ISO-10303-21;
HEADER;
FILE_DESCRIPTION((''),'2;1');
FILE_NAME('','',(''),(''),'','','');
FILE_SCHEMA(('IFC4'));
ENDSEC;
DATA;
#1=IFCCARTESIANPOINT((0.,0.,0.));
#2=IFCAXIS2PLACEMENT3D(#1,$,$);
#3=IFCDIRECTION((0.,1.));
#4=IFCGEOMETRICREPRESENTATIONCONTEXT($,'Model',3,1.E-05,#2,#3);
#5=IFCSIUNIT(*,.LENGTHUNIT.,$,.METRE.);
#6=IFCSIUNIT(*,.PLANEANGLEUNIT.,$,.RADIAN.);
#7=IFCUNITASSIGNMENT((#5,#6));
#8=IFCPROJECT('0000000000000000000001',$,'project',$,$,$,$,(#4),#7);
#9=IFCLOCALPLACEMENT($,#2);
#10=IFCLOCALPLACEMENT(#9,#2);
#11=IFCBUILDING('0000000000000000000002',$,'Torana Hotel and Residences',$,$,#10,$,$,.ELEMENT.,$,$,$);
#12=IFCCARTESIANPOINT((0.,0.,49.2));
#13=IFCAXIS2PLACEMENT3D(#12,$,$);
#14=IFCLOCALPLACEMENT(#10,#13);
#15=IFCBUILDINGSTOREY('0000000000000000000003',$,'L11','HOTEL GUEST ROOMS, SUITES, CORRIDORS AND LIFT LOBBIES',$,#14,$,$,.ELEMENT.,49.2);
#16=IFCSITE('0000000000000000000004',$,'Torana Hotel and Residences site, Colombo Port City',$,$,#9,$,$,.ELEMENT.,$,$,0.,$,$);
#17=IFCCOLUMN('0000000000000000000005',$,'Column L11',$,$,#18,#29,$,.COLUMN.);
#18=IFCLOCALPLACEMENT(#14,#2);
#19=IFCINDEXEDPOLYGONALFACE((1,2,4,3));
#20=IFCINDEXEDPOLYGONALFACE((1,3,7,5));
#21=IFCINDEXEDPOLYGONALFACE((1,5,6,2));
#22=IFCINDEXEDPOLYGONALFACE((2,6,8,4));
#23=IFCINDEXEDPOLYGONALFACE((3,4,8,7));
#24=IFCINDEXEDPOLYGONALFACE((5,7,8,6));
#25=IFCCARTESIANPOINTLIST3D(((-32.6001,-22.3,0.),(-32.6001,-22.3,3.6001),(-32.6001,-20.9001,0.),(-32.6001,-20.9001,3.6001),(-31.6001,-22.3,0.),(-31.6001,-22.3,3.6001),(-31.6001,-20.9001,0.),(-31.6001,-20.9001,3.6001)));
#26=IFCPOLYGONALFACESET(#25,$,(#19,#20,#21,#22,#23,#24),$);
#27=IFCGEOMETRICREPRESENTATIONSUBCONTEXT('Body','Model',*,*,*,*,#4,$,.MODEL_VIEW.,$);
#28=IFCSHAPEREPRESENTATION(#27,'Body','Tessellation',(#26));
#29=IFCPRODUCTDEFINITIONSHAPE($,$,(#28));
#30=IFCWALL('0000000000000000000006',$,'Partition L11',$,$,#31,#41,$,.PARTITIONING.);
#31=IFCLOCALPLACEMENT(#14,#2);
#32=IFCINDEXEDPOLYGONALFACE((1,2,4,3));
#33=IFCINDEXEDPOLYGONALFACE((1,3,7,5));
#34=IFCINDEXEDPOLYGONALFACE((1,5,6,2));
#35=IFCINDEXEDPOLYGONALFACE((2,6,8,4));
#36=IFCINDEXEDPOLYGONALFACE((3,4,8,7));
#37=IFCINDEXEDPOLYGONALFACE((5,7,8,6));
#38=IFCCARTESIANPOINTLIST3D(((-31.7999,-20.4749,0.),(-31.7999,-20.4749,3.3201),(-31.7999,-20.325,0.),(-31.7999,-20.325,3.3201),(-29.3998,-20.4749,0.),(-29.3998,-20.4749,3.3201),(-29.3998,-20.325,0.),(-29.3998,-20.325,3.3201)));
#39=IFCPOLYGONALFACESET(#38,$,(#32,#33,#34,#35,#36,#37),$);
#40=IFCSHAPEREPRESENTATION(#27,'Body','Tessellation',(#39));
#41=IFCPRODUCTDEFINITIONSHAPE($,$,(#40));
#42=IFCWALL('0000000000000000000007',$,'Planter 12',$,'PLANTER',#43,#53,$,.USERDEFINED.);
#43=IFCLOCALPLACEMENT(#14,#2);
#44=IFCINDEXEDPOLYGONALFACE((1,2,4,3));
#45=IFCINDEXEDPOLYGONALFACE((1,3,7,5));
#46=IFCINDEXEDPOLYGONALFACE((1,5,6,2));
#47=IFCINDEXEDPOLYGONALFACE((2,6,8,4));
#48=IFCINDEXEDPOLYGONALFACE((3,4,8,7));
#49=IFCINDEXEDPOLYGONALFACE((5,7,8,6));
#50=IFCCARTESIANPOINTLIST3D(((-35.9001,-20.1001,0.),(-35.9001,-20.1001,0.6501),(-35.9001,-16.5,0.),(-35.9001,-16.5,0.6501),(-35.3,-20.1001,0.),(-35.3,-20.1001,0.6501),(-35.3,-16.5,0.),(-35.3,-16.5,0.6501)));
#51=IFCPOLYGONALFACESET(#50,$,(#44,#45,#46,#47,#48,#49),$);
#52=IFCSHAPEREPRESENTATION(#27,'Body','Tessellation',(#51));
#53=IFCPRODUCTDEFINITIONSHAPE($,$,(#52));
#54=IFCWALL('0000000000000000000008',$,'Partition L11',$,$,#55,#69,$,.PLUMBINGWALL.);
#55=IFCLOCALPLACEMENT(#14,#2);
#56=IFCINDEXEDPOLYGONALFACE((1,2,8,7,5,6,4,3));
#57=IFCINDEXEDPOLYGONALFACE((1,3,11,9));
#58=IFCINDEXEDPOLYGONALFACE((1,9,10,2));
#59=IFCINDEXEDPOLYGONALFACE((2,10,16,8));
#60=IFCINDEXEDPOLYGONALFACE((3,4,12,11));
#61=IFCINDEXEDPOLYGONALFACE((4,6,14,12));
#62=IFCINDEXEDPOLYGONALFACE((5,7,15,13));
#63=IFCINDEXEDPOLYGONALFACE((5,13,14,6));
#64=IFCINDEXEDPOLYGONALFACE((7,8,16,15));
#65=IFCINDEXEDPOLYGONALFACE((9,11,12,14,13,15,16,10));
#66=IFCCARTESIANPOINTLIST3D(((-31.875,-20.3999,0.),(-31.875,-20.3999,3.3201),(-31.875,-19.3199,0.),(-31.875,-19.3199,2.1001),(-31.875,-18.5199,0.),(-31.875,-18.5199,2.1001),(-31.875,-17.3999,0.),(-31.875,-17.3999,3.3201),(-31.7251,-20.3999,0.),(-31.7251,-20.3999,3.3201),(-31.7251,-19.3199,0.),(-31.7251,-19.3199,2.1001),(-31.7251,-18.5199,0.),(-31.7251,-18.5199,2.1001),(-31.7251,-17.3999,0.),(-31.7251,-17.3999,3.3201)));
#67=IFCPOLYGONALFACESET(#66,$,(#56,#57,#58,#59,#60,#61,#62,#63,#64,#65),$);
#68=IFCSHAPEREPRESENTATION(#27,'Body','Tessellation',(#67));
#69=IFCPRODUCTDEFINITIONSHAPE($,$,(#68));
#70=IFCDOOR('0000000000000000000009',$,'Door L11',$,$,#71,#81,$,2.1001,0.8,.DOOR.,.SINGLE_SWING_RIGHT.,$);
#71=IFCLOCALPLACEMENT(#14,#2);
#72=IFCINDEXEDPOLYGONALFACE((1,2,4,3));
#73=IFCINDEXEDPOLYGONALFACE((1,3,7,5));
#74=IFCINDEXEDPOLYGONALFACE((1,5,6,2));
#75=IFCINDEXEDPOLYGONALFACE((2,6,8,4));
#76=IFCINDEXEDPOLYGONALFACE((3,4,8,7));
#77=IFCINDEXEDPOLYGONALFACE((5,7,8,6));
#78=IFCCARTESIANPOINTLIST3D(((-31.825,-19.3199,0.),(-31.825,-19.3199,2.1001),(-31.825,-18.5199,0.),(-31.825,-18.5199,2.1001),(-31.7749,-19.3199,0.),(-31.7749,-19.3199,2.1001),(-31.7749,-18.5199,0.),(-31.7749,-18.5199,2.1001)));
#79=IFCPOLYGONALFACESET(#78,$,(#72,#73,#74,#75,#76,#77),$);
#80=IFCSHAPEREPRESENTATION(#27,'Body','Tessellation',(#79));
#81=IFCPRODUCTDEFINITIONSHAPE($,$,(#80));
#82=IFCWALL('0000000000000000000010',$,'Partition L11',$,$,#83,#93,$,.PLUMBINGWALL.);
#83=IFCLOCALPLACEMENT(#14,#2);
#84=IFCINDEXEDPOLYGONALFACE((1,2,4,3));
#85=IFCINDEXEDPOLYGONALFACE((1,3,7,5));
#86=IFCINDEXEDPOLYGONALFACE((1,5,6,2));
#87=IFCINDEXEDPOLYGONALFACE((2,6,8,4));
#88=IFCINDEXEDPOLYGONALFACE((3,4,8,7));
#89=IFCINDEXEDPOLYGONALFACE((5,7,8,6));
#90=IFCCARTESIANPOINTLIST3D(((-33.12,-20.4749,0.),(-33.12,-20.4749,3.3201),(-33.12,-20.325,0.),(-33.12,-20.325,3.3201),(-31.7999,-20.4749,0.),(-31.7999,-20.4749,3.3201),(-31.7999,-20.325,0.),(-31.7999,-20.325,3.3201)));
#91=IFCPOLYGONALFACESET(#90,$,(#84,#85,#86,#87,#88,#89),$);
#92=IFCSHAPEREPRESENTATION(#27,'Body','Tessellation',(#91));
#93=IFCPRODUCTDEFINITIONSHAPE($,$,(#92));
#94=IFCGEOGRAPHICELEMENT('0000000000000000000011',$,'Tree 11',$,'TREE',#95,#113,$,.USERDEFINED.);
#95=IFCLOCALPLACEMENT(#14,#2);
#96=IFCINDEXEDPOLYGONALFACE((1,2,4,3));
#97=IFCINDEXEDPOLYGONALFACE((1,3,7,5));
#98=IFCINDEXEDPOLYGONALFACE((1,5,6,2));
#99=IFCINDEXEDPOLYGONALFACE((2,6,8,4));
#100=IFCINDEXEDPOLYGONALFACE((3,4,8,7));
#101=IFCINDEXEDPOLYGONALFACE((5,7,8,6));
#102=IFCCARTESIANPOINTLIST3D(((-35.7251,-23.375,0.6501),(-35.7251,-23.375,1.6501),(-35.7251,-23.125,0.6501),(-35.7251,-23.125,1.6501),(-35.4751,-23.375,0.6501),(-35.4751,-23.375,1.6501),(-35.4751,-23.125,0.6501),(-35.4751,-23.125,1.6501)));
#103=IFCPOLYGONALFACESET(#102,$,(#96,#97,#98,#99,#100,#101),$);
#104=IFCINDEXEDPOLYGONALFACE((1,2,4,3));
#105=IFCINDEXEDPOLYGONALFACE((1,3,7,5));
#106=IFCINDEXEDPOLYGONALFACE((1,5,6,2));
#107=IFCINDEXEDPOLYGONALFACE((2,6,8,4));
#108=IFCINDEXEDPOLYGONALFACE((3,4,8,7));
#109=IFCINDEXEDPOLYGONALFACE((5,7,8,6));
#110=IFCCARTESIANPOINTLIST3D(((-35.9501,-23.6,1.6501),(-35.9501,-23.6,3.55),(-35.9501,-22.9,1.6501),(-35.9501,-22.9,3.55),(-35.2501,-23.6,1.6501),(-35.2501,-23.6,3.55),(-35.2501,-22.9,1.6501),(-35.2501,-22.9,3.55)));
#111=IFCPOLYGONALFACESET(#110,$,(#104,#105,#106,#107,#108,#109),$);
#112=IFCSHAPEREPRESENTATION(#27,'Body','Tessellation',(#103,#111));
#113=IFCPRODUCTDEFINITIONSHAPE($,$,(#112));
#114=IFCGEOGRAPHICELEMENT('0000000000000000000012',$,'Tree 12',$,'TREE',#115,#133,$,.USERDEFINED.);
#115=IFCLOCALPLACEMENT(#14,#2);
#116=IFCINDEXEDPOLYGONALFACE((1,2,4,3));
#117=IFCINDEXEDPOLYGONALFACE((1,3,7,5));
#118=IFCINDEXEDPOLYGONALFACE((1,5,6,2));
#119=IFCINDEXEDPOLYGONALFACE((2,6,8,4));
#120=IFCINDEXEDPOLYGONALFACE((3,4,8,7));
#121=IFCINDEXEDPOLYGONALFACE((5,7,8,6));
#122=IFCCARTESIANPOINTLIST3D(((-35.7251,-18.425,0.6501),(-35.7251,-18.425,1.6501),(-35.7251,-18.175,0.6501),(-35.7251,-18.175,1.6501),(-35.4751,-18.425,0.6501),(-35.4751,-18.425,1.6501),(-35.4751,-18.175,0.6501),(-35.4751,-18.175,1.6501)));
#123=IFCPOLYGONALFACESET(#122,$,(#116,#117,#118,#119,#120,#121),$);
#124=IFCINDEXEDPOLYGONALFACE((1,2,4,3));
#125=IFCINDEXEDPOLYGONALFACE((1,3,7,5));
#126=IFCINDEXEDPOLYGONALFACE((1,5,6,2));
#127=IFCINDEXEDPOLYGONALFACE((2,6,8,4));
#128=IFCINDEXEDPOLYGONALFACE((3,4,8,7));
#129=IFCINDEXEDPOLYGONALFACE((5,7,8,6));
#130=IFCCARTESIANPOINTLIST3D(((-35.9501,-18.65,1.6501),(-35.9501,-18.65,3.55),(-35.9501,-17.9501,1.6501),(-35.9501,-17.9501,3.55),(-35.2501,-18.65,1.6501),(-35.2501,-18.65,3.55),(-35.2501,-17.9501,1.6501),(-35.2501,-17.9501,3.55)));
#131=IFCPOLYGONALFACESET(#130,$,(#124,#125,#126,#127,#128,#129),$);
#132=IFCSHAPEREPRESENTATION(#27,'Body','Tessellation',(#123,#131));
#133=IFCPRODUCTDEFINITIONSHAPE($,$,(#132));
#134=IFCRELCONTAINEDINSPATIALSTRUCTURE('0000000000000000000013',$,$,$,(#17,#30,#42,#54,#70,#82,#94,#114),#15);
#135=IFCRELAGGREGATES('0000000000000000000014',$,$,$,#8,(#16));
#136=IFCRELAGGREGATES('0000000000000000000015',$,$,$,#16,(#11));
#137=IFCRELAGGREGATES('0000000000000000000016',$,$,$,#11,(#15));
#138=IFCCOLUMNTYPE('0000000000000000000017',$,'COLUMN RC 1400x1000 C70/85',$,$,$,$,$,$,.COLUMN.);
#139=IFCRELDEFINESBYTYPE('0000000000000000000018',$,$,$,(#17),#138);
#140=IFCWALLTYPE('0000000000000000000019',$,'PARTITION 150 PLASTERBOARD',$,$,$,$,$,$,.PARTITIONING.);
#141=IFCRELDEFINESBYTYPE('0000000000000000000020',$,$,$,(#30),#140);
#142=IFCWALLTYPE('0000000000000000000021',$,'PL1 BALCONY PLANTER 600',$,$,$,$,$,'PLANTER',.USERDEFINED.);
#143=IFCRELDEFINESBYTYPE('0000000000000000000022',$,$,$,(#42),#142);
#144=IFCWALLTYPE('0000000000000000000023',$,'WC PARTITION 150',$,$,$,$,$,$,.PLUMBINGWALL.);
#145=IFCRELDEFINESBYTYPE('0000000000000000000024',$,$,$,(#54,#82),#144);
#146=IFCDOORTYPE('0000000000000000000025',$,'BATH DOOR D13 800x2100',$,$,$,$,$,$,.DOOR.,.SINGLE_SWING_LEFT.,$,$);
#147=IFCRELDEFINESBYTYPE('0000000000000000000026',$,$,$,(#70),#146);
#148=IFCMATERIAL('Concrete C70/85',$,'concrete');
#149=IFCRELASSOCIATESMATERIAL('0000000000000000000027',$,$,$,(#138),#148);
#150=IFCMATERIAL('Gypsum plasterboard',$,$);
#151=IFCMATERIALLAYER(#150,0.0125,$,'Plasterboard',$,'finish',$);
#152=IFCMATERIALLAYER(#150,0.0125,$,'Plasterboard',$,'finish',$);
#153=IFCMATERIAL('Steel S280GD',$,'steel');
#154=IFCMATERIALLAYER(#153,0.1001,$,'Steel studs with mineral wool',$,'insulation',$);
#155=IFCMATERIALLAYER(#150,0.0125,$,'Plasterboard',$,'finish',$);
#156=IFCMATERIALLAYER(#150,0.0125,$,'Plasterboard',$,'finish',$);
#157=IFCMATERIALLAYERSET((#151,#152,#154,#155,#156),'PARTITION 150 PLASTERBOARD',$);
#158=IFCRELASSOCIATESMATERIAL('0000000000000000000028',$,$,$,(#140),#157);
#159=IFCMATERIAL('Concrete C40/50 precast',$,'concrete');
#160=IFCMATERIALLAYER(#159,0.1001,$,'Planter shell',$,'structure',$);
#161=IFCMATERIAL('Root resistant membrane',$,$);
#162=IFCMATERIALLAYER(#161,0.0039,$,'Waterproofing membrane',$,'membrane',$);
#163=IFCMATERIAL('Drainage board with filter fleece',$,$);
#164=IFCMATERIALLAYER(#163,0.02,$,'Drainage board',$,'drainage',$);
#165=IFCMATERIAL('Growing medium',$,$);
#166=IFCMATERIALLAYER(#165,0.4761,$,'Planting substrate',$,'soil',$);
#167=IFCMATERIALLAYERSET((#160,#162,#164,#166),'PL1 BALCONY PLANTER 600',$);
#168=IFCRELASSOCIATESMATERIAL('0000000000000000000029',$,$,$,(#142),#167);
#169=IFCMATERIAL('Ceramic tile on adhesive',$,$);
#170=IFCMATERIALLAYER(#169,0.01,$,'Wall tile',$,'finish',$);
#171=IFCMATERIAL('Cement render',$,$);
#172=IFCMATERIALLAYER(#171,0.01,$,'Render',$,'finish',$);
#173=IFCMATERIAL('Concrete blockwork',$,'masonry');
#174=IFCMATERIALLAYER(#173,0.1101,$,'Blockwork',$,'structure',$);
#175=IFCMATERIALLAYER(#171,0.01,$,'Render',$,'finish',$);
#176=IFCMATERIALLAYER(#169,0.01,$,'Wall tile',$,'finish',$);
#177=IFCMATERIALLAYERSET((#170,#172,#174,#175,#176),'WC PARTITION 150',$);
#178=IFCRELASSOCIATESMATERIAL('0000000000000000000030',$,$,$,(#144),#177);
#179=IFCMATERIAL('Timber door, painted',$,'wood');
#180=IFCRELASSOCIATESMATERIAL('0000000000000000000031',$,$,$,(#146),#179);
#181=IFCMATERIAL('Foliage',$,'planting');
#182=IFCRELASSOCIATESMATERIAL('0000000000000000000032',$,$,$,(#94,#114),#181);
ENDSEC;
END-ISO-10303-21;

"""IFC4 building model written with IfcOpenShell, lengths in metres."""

from ifc_helpers import new_model, si_unit, direction, frame, frame_2d, origin, origin_2d, place, context, subcontext, project, spatial, rectangle, extrude, material, layer, layer_set, material_profile, profile_set, type_object, element, fill, save


model = new_model("IFC4")

# Units and contexts
model_context = context("Model", 3, precision=1e-05, world=origin(), true_north=direction((0.0, 1.0)))
body_context = subcontext(model_context, "Body", "Model", "MODEL_VIEW")
ifc_project = project(units=[si_unit("LENGTHUNIT", "METRE"), si_unit("PLANEANGLEUNIT", "RADIAN")], contexts=[model_context])

# Site, building, storey
site_placement = place(None, origin())
site = spatial("IfcSite", under=ifc_project, at=site_placement, Name="Torana Hotel and Residences site, Colombo Port City", CompositionType="ELEMENT", RefElevation=0.0)
building_placement = place(site_placement, origin())
building = spatial("IfcBuilding", under=site, at=building_placement, Name="Torana Hotel and Residences", CompositionType="ELEMENT")
storey_placement = place(building_placement, frame((0.0, 0.0, 49.2)))
storey = spatial("IfcBuildingStorey", under=building, at=storey_placement, Name="L11", Description="HOTEL GUEST ROOMS, SUITES, CORRIDORS AND LIFT LOBBIES", CompositionType="ELEMENT", Elevation=49.2)

# Column
ifc_material_1 = material(Name="Concrete C70/85", Category="concrete")
ifc_material_profile = material_profile(ifc_material_1, rectangle(XDim=1.3999, YDim=1.0, at=origin_2d()), Name="RC 1400x1000")
ifc_profile_set = profile_set([ifc_material_profile], Name="Concrete C70/85")
column_type = type_object("IfcColumnType", Name="COLUMN RC 1400x1000 C70/85", PredefinedType="COLUMN", material=ifc_profile_set)
column_placement = place(storey_placement, frame((-32.1001, -21.6001, 0.0), z_axis=(0.0, 0.0, 1.0), x_axis=(0.0, 1.0, 0.0)))
element("IfcColumn", 1, at=column_placement, inside=storey, type_object=column_type, Name="Column L11", PredefinedType="COLUMN", context=body_context, shape_type="SweptSolid", body=[
    extrude(rectangle(XDim=1.3999, YDim=1.0, at=origin_2d()), origin(), (0.0, 0.0, 1.0), 3.6001),
])

# Shared definitions
ifc_material_2 = material(Name="Concrete blockwork", Category="masonry")

# Walls
ifc_material_3 = material(Name="Gypsum plasterboard")
ifc_layer_1 = layer(ifc_material_3, 0.0125, Name="Plasterboard", Category="finish")
ifc_layer_2 = layer(ifc_material_3, 0.0125, Name="Plasterboard", Category="finish")
ifc_material_4 = material(Name="Steel S280GD", Category="steel")
ifc_layer_3 = layer(ifc_material_4, 0.1001, Name="Steel studs with mineral wool", Category="insulation")
ifc_layer_4 = layer(ifc_material_3, 0.0125, Name="Plasterboard", Category="finish")
ifc_layer_5 = layer(ifc_material_3, 0.0125, Name="Plasterboard", Category="finish")
ifc_layer_set_1 = layer_set([ifc_layer_1, ifc_layer_2, ifc_layer_3, ifc_layer_4, ifc_layer_5], Name="PARTITION 150 PLASTERBOARD")
wall_type_1 = type_object("IfcWallType", Name="PARTITION 150 PLASTERBOARD", PredefinedType="PARTITIONING", material=ifc_layer_set_1)
wall_1_placement = place(storey_placement, frame((-31.8, -20.3999, 0.0), z_axis=(0.0, 0.0, 1.0), x_axis=(1.0, 0.0, 0.0)))
element("IfcWall", 2, at=wall_1_placement, inside=storey, type_object=wall_type_1, Name="Partition L11", PredefinedType="PARTITIONING", context=body_context, shape_type="SweptSolid", body=[
    extrude(rectangle(XDim=2.4001, YDim=0.1499, at=frame_2d((1.2002, 0.0))), origin(), (0.0, 0.0, 1.0), 3.3201),
])
ifc_material_5 = material(Name="Concrete C40/50 precast", Category="concrete")
ifc_layer_6 = layer(ifc_material_5, 0.1001, Name="Planter shell", Category="structure")
ifc_material_6 = material(Name="Root resistant membrane")
ifc_layer_7 = layer(ifc_material_6, 0.0039, Name="Waterproofing membrane", Category="membrane")
ifc_material_7 = material(Name="Drainage board with filter fleece")
ifc_layer_8 = layer(ifc_material_7, 0.02, Name="Drainage board", Category="drainage")
ifc_material_8 = material(Name="Growing medium")
ifc_layer_9 = layer(ifc_material_8, 0.4761, Name="Planting substrate", Category="soil")
ifc_layer_set_2 = layer_set([ifc_layer_6, ifc_layer_7, ifc_layer_8, ifc_layer_9], Name="PL1 BALCONY PLANTER 600")
wall_type_2 = type_object("IfcWallType", Name="PL1 BALCONY PLANTER 600", ElementType="PLANTER", PredefinedType="USERDEFINED", material=ifc_layer_set_2)
wall_2_placement = place(storey_placement, frame((-35.6001, -20.1001, 0.0), z_axis=(0.0, 0.0, 1.0), x_axis=(0.0, 1.0, 0.0)))
element("IfcWall", 3, at=wall_2_placement, inside=storey, type_object=wall_type_2, Name="Planter 12", ObjectType="PLANTER", PredefinedType="USERDEFINED", context=body_context, shape_type="SweptSolid", body=[
    extrude(rectangle(XDim=3.6001, YDim=0.6001, at=frame_2d((1.8, 0.0))), origin(), (0.0, 0.0, 1.0), 0.6501),
])

# Wall, opening, door
ifc_material_9 = material(Name="Ceramic tile on adhesive")
ifc_layer_10 = layer(ifc_material_9, 0.01, Name="Wall tile", Category="finish")
ifc_material_10 = material(Name="Cement render")
ifc_layer_11 = layer(ifc_material_10, 0.01, Name="Render", Category="finish")
ifc_layer_12 = layer(ifc_material_2, 0.1101, Name="Blockwork", Category="structure")
ifc_layer_13 = layer(ifc_material_10, 0.01, Name="Render", Category="finish")
ifc_layer_14 = layer(ifc_material_9, 0.01, Name="Wall tile", Category="finish")
ifc_layer_set_3 = layer_set([ifc_layer_10, ifc_layer_11, ifc_layer_12, ifc_layer_13, ifc_layer_14], Name="WC PARTITION 150")
wall_type_3 = type_object("IfcWallType", Name="WC PARTITION 150", PredefinedType="PLUMBINGWALL", material=ifc_layer_set_3)
wall_3_placement = place(storey_placement, frame((-31.8, -20.3999, 0.0), z_axis=(0.0, 0.0, 1.0), x_axis=(0.0, 1.0, 0.0)))
wall_3 = element("IfcWall", 4, at=wall_3_placement, inside=storey, type_object=wall_type_3, Name="Partition L11", PredefinedType="PLUMBINGWALL", context=body_context, shape_type="SweptSolid", body=[
    extrude(rectangle(XDim=3.0, YDim=0.1499, at=frame_2d((1.5, 0.0))), origin(), (0.0, 0.0, 1.0), 3.3201),
])
opening_1_placement = place(wall_3_placement, frame((1.0801, 0.0, 0.0)))
opening_1 = element("IfcOpeningElement", 5, at=opening_1_placement, cuts=wall_3, PredefinedType="OPENING", context=body_context, shape_type="SweptSolid", body=[
    extrude(rectangle(XDim=0.8, YDim=2.1001, at=frame_2d((0.3999, 1.05))), frame((0.0, 0.085, 0.0), z_axis=(0.0, -1.0, 0.0), x_axis=(1.0, 0.0, 0.0)), (0.0, 0.0, 1.0), 0.1699),
])
ifc_material_11 = material(Name="Timber door, painted", Category="wood")
door_type_1 = type_object("IfcDoorType", Name="BATH DOOR D13 800x2100", OperationType="SINGLE_SWING_LEFT", PredefinedType="DOOR", material=ifc_material_11)
door_1_placement = place(opening_1_placement, origin())
door_1 = element("IfcDoor", 6, at=door_1_placement, inside=storey, type_object=door_type_1, Name="Door L11", OperationType="SINGLE_SWING_RIGHT", OverallHeight=2.1001, OverallWidth=0.8, PredefinedType="DOOR", context=body_context, shape_type="SweptSolid", body=[
    extrude(rectangle(XDim=0.8, YDim=2.1001, at=frame_2d((0.3999, 1.05))), frame((0.0, 0.0249, 0.0), z_axis=(0.0, -1.0, 0.0), x_axis=(1.0, 0.0, 0.0)), (0.0, 0.0, 1.0), 0.05),
])
fill(opening_1, door_1)

# Wall
wall_4_placement = place(storey_placement, frame((-33.1201, -20.3999, 0.0), z_axis=(0.0, 0.0, 1.0), x_axis=(1.0, 0.0, 0.0)))
element("IfcWall", 7, at=wall_4_placement, inside=storey, type_object=wall_type_3, Name="Partition L11", PredefinedType="PLUMBINGWALL", context=body_context, shape_type="SweptSolid", body=[
    extrude(rectangle(XDim=1.3201, YDim=0.1499, at=frame_2d((0.6602, 0.0))), origin(), (0.0, 0.0, 1.0), 3.3201),
])

# Geographic elements
ifc_material_12 = material(Name="Foliage", Category="planting")
for number, where, z_axis, x_axis, name in (
    (8, (-35.6001, -23.25, 0.6501), (0.0, 0.0, 1.0), (1.0, 0.0, 0.0), "Tree 11"),
    (9, (-35.6001, -18.3, 0.6501), (0.0, 0.0, 1.0), (1.0, 0.0, 0.0), "Tree 12"),
):
    element("IfcGeographicElement", number, at=place(storey_placement, frame(where, z_axis=z_axis, x_axis=x_axis)), inside=storey, material=ifc_material_12, Name=name, ObjectType="TREE", PredefinedType="USERDEFINED", context=body_context, shape_type="SweptSolid", body=[
        extrude(rectangle(XDim=0.25, YDim=0.25, at=origin_2d()), origin(), (0.0, 0.0, 1.0), 1.0),
        extrude(rectangle(XDim=0.7, YDim=0.7, at=origin_2d()), frame((0.0, 0.0, 1.0)), (0.0, 0.0, 1.0), 1.8999),
    ])

save(model, "model.ifc")
